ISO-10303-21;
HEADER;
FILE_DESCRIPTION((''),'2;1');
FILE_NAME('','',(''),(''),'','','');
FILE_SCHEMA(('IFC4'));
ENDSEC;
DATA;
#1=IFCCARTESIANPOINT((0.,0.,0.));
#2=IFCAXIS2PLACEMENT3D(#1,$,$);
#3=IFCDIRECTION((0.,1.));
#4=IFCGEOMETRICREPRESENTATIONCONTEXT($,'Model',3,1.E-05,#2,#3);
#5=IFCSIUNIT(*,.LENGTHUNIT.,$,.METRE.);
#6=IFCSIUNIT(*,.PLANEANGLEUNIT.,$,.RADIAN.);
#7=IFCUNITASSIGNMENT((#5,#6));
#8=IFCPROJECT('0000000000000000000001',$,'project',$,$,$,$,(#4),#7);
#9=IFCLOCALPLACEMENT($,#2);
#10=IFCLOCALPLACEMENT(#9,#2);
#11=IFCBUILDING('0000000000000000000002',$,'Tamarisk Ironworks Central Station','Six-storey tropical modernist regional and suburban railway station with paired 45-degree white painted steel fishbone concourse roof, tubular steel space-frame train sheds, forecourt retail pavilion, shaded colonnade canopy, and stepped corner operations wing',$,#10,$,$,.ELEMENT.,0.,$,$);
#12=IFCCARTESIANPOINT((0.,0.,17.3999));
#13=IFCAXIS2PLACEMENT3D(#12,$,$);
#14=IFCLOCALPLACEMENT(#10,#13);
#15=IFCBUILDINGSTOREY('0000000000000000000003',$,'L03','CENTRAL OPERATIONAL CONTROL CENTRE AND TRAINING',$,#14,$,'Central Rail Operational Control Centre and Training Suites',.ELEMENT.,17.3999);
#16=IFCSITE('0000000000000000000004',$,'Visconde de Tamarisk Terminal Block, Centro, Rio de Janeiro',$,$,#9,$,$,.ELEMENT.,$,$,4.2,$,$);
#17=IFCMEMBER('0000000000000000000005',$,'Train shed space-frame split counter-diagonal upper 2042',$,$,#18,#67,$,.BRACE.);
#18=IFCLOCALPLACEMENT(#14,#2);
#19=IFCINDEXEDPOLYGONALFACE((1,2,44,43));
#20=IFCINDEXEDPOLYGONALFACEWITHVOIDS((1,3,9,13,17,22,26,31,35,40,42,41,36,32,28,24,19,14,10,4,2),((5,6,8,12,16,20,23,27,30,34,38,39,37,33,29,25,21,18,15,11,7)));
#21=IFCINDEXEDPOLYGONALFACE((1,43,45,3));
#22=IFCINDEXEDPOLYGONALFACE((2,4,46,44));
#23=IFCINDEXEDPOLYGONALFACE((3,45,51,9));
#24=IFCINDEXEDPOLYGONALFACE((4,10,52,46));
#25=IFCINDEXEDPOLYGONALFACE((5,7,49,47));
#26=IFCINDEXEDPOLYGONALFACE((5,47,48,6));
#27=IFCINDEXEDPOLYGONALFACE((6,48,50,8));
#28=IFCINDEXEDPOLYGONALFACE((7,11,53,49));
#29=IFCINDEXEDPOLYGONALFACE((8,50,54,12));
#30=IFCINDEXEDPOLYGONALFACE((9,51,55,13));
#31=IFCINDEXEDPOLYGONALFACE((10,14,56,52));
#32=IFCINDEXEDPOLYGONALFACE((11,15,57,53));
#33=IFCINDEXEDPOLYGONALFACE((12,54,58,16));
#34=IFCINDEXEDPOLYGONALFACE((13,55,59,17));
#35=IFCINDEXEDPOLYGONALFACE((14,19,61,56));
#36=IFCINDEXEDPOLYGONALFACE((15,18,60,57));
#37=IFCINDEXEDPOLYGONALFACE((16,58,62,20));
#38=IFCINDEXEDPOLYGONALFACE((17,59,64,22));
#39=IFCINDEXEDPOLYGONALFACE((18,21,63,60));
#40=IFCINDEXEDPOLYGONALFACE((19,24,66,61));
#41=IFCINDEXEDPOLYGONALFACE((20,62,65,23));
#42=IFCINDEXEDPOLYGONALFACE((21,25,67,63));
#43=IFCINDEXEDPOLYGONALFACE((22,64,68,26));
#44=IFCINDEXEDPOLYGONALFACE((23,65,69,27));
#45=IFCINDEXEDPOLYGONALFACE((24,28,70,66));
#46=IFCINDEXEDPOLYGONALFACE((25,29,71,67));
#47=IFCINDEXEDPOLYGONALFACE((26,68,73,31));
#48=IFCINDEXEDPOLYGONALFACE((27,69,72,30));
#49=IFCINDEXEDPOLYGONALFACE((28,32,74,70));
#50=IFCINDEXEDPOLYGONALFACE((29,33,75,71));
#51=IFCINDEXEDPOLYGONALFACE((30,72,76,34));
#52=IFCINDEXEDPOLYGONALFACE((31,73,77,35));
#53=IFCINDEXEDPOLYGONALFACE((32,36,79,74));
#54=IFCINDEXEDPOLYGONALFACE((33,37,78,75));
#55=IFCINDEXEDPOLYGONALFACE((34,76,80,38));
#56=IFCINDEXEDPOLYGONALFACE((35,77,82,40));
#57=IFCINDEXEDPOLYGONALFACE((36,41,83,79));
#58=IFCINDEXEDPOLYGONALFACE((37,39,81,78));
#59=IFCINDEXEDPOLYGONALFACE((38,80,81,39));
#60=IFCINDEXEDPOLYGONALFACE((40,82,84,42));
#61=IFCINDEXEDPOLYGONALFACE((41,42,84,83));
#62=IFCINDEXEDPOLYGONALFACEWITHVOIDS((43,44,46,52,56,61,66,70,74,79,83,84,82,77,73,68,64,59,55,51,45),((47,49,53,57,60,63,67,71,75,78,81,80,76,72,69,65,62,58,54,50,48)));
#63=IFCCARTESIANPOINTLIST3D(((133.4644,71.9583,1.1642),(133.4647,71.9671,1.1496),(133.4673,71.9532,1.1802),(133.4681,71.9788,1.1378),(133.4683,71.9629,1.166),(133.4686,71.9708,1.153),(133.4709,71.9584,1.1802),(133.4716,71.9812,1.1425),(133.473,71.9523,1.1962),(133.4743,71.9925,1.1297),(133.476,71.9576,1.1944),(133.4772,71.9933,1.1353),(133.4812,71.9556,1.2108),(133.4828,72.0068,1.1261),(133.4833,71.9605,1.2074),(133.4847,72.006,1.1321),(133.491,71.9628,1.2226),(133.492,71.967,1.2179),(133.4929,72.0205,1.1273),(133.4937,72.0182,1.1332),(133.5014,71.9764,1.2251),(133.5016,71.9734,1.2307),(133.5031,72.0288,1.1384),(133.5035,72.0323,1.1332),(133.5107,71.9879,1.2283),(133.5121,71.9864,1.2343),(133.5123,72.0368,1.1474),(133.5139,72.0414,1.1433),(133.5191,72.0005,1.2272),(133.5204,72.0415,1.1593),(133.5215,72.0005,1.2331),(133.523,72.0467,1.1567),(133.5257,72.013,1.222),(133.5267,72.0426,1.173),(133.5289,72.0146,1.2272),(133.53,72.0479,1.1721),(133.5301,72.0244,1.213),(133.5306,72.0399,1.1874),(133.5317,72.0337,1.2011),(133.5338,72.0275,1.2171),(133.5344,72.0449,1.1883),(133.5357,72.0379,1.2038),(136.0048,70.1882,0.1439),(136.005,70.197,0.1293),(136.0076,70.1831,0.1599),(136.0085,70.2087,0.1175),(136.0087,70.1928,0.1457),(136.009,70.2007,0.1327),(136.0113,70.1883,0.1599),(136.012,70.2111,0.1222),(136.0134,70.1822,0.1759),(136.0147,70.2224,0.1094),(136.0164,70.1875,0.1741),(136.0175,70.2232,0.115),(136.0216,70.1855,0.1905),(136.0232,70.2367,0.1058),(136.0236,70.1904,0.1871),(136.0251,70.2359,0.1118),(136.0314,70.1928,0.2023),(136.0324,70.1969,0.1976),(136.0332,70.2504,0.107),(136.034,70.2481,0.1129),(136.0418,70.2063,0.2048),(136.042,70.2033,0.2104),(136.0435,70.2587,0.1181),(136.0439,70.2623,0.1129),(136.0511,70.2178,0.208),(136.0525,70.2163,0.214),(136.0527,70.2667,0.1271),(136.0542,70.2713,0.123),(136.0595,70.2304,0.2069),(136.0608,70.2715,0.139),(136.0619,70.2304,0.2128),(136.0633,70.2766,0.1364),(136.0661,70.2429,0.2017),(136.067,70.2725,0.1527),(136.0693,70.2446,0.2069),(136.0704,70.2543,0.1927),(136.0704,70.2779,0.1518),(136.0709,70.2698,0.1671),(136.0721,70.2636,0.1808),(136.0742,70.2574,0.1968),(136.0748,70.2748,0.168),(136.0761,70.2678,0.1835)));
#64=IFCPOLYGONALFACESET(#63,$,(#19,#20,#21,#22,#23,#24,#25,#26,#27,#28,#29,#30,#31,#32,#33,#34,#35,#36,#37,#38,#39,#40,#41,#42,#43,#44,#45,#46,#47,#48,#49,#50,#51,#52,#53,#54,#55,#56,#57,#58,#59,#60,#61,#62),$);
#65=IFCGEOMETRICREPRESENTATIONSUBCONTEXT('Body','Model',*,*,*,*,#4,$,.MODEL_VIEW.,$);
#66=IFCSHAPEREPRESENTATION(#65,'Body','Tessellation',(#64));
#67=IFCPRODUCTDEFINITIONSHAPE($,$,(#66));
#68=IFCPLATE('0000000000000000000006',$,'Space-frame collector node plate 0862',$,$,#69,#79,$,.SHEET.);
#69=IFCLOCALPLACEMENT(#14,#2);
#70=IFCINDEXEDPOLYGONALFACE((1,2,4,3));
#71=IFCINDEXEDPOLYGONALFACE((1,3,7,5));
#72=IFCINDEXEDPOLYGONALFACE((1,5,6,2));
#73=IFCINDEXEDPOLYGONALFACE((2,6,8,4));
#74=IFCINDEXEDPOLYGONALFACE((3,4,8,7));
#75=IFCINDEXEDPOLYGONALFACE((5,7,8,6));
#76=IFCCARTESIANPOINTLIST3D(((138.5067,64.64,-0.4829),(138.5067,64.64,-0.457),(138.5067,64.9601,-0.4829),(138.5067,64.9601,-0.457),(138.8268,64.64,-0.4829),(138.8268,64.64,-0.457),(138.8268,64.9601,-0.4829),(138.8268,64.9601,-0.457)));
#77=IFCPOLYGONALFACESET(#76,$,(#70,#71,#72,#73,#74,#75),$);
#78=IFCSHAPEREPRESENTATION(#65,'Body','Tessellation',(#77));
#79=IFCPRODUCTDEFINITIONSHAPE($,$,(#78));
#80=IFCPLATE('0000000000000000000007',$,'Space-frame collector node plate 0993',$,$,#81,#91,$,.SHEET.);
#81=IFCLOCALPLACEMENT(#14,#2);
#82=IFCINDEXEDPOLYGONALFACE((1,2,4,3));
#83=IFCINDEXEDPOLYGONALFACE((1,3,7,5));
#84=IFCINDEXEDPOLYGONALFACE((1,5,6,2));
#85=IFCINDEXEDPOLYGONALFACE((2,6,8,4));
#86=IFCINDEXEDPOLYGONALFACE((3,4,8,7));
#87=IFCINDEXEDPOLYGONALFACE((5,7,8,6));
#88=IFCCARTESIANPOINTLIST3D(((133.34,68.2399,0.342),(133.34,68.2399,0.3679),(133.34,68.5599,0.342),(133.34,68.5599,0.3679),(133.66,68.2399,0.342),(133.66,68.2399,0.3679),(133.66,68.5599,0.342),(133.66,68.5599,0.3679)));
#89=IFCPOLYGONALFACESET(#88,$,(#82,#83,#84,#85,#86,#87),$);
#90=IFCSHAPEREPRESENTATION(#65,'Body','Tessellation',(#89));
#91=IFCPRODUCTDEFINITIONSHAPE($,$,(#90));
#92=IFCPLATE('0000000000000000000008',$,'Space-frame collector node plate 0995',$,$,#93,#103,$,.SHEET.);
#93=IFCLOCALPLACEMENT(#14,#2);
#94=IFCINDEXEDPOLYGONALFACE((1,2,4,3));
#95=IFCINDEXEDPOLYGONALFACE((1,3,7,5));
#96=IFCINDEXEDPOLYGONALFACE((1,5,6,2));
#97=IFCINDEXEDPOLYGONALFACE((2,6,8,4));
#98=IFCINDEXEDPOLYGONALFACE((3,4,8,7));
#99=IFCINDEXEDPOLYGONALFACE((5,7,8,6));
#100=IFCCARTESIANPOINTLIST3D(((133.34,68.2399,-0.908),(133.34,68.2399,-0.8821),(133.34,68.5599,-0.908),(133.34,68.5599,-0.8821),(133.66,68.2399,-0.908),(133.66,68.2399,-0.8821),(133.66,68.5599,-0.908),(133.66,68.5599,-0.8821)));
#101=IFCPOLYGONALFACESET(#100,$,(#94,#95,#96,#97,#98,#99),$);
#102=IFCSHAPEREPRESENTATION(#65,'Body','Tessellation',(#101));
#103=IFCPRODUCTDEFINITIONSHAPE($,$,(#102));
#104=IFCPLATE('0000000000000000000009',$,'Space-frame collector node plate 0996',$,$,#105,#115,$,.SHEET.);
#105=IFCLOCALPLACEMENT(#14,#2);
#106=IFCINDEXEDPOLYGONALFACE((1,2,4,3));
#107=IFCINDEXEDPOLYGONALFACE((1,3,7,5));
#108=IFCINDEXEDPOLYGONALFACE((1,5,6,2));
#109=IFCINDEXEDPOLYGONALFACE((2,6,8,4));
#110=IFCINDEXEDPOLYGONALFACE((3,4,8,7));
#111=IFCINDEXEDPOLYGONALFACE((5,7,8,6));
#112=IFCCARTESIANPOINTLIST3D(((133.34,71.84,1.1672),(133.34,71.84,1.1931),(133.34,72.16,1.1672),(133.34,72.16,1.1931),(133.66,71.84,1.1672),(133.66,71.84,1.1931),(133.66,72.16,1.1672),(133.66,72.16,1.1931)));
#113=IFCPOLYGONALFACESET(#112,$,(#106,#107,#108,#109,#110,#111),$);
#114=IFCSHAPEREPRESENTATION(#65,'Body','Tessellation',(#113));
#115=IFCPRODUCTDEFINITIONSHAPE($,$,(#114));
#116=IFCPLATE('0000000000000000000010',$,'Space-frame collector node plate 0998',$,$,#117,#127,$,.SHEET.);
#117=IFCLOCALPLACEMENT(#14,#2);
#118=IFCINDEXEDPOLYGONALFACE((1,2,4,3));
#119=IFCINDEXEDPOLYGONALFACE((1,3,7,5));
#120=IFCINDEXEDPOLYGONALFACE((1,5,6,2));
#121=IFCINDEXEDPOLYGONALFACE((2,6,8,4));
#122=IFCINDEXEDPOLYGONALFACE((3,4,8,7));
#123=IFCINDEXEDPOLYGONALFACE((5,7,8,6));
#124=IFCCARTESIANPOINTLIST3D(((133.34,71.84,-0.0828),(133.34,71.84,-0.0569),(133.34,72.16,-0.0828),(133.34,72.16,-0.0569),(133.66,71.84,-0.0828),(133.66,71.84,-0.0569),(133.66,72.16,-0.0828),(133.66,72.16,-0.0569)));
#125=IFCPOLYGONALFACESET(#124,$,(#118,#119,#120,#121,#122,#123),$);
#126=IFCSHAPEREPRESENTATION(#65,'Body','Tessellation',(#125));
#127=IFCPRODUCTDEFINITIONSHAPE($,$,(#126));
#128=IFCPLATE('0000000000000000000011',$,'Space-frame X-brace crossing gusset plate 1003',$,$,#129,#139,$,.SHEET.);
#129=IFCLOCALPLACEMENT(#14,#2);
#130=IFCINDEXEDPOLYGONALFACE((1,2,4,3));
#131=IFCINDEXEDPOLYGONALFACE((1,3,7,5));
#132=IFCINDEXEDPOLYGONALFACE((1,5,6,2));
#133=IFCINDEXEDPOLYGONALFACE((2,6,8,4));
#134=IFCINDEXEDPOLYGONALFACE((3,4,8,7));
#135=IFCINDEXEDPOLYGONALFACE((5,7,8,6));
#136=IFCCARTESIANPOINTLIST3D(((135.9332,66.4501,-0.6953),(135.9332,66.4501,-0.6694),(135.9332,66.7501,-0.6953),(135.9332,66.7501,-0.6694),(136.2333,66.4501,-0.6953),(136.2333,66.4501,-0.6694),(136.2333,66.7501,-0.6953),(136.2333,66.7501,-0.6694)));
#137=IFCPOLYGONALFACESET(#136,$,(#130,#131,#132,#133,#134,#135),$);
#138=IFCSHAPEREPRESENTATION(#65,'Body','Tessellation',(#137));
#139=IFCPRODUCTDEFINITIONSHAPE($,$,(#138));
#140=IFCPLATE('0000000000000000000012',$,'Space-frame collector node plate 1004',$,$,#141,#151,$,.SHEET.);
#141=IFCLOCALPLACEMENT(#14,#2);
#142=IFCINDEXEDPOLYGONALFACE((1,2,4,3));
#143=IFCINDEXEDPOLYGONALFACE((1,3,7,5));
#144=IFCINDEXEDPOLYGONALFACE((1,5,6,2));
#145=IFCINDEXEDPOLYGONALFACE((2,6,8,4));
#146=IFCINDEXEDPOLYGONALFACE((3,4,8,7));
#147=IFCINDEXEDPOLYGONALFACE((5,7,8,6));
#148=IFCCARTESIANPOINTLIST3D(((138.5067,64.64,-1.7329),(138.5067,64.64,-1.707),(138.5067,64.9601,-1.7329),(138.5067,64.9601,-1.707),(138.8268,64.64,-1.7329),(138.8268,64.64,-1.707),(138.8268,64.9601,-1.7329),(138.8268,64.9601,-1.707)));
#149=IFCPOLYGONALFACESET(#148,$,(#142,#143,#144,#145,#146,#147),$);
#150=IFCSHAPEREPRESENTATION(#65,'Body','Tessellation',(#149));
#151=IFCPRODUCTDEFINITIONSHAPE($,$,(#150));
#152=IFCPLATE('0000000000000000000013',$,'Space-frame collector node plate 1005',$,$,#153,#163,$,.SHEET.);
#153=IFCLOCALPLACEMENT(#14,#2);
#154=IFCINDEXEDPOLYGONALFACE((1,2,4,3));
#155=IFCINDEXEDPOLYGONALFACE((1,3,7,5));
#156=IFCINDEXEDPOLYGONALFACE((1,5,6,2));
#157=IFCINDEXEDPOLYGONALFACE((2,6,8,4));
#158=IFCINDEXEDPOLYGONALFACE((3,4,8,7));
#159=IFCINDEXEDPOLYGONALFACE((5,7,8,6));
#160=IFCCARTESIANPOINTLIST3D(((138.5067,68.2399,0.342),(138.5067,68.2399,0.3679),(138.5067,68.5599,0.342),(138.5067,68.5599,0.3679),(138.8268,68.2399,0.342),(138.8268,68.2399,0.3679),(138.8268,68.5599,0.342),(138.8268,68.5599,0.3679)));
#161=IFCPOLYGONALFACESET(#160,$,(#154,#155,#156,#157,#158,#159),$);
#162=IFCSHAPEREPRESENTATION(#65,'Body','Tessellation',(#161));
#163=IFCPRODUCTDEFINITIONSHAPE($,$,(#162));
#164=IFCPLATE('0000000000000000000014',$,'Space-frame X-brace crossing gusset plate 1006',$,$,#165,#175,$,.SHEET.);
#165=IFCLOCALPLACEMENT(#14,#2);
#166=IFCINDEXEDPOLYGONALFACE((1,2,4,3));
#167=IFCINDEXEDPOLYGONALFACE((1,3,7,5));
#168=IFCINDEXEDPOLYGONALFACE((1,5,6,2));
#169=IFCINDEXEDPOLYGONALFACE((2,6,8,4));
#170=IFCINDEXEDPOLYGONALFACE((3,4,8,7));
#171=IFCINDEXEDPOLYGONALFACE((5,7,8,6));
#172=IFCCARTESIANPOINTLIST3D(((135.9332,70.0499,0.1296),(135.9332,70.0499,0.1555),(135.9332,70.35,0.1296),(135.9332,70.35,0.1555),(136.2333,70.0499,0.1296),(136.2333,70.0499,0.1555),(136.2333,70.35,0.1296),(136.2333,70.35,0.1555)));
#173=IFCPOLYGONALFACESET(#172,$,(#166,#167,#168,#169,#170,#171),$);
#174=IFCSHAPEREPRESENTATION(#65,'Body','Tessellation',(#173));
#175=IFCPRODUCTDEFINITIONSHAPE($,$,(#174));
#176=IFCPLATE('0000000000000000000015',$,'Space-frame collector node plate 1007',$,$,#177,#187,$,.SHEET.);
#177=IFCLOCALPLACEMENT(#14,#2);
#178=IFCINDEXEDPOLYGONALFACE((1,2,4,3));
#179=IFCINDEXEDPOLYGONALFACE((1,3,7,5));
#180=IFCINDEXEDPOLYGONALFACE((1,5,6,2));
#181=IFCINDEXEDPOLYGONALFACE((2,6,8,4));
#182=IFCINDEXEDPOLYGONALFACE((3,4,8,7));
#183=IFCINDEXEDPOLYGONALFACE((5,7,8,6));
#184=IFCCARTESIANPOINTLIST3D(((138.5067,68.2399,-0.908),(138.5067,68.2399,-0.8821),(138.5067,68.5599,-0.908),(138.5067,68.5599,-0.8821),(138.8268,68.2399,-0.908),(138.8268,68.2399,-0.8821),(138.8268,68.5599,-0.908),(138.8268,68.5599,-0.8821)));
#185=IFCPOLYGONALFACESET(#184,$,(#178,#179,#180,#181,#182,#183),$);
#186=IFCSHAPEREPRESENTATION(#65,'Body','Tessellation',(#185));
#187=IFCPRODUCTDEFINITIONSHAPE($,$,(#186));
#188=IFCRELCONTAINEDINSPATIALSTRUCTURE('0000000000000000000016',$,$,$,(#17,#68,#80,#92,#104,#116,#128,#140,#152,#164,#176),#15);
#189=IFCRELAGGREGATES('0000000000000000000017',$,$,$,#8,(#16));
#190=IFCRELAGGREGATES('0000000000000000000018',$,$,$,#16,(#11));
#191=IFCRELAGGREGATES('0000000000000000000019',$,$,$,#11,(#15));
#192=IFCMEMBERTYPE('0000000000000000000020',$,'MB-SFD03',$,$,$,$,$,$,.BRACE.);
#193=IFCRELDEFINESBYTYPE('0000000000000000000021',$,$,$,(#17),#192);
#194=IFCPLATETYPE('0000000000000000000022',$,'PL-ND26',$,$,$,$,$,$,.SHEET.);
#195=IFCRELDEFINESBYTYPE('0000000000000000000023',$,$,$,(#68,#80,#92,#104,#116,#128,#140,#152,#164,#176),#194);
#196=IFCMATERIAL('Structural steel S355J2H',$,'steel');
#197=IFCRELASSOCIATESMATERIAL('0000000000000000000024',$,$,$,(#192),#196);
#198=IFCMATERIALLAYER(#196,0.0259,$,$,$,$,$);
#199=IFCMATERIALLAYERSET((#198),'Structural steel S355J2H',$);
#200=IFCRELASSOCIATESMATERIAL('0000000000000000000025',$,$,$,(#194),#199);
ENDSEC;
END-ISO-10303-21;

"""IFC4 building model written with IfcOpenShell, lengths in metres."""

from ifc_helpers import new_model, si_unit, direction, frame, origin, origin_2d, place, context, subcontext, project, spatial, rectangle, hollow_circle, extrude, material, layer, layer_set, material_profile, profile_set, type_object, element, save


model = new_model("IFC4")

# Units and contexts
model_context = context("Model", 3, precision=1e-05, world=origin(), true_north=direction((0.0, 1.0)))
body_context = subcontext(model_context, "Body", "Model", "MODEL_VIEW")
ifc_project = project(units=[si_unit("LENGTHUNIT", "METRE"), si_unit("PLANEANGLEUNIT", "RADIAN")], contexts=[model_context])

# Site, building, storey
site_placement = place(None, origin())
site = spatial("IfcSite", under=ifc_project, at=site_placement, Name="Visconde de Tamarisk Terminal Block, Centro, Rio de Janeiro", CompositionType="ELEMENT", RefElevation=4.2)
building_placement = place(site_placement, origin())
building = spatial("IfcBuilding", under=site, at=building_placement, Name="Tamarisk Ironworks Central Station", Description="Six-storey tropical modernist regional and suburban railway station with paired 45-degree white painted steel fishbone concourse roof, tubular steel space-frame train sheds, forecourt retail pavilion, shaded colonnade canopy, and stepped corner operations wing", CompositionType="ELEMENT", ElevationOfRefHeight=0.0)
storey_placement = place(building_placement, frame((0.0, 0.0, 17.3999)))
storey = spatial("IfcBuildingStorey", under=building, at=storey_placement, Name="L03", Description="CENTRAL OPERATIONAL CONTROL CENTRE AND TRAINING", LongName="Central Rail Operational Control Centre and Training Suites", CompositionType="ELEMENT", Elevation=17.3999)

# Member
ifc_material = material(Name="Structural steel S355J2H", Category="steel")
ifc_material_profile_1 = material_profile(ifc_material, hollow_circle(Radius=0.0571, WallThickness=0.0063, at=origin_2d()), Name="CHS 114.3x6.3")
ifc_profile_set_1 = profile_set([ifc_material_profile_1], Name="Structural steel S355J2H")
member_type_1 = type_object("IfcMemberType", Name="MB-SFD03", PredefinedType="BRACE", material=ifc_profile_set_1)
member_1_placement = place(storey_placement, frame((136.0403, 70.23, 0.1599), z_axis=(-0.779252, 0.542967, 0.312974), x_axis=(-0.571688, -0.820471, 0.0)))
element("IfcMember", 1, at=member_1_placement, inside=storey, type_object=member_type_1, Name="Train shed space-frame split counter-diagonal upper 2042", PredefinedType="BRACE", context=body_context, shape_type="SweptSolid", body=[
    extrude(hollow_circle(Radius=0.0571, WallThickness=0.0063, at=origin_2d()), origin(), (0.0, 0.0, 1.0), 3.26),
])

# Plates
ifc_layer = layer(ifc_material, 0.0259)
ifc_layer_set = layer_set([ifc_layer], Name="Structural steel S355J2H")
plate_type = type_object("IfcPlateType", Name="PL-ND26", PredefinedType="SHEET", material=ifc_layer_set)
for number, where, z_axis, x_axis, name in (
    (2, (138.6667, 64.8, -0.4829), (0.0, 0.0, 1.0), (1.0, 0.0, 0.0), "Space-frame collector node plate 0862"),
    (3, (133.5, 68.3999, 0.342), (0.0, 0.0, 1.0), (1.0, 0.0, 0.0), "Space-frame collector node plate 0993"),
    (4, (133.5, 68.3999, -0.908), (0.0, 0.0, 1.0), (1.0, 0.0, 0.0), "Space-frame collector node plate 0995"),
    (5, (133.5, 72.0, 1.1672), (0.0, 0.0, 1.0), (1.0, 0.0, 0.0), "Space-frame collector node plate 0996"),
    (6, (133.5, 72.0, -0.0828), (0.0, 0.0, 1.0), (1.0, 0.0, 0.0), "Space-frame collector node plate 0998"),
):
    element("IfcPlate", number, at=place(storey_placement, frame(where, z_axis=z_axis, x_axis=x_axis)), inside=storey, type_object=plate_type, Name=name, PredefinedType="SHEET", context=body_context, shape_type="SweptSolid", body=[
        extrude(rectangle(XDim=0.3201, YDim=0.3201, at=origin_2d()), origin(), (0.0, 0.0, 1.0), 0.0259),
    ])
plate_1_placement = place(storey_placement, frame((136.0833, 66.6001, -0.6953), z_axis=(0.0, 0.0, 1.0), x_axis=(1.0, 0.0, 0.0)))
element("IfcPlate", 7, at=plate_1_placement, inside=storey, type_object=plate_type, Name="Space-frame X-brace crossing gusset plate 1003", PredefinedType="SHEET", context=body_context, shape_type="SweptSolid", body=[
    extrude(rectangle(XDim=0.3, YDim=0.3, at=origin_2d()), origin(), (0.0, 0.0, 1.0), 0.0259),
])
for number, where, z_axis, x_axis, name in (
    (8, (138.6667, 64.8, -1.7329), (0.0, 0.0, 1.0), (1.0, 0.0, 0.0), "Space-frame collector node plate 1004"),
    (9, (138.6667, 68.3999, 0.342), (0.0, 0.0, 1.0), (1.0, 0.0, 0.0), "Space-frame collector node plate 1005"),
):
    element("IfcPlate", number, at=place(storey_placement, frame(where, z_axis=z_axis, x_axis=x_axis)), inside=storey, type_object=plate_type, Name=name, PredefinedType="SHEET", context=body_context, shape_type="SweptSolid", body=[
        extrude(rectangle(XDim=0.3201, YDim=0.3201, at=origin_2d()), origin(), (0.0, 0.0, 1.0), 0.0259),
    ])
plate_2_placement = place(storey_placement, frame((136.0833, 70.2, 0.1296), z_axis=(0.0, 0.0, 1.0), x_axis=(1.0, 0.0, 0.0)))
element("IfcPlate", 10, at=plate_2_placement, inside=storey, type_object=plate_type, Name="Space-frame X-brace crossing gusset plate 1006", PredefinedType="SHEET", context=body_context, shape_type="SweptSolid", body=[
    extrude(rectangle(XDim=0.3, YDim=0.3, at=origin_2d()), origin(), (0.0, 0.0, 1.0), 0.0259),
])
plate_3_placement = place(storey_placement, frame((138.6667, 68.3999, -0.908), z_axis=(0.0, 0.0, 1.0), x_axis=(1.0, 0.0, 0.0)))
element("IfcPlate", 11, at=plate_3_placement, inside=storey, type_object=plate_type, Name="Space-frame collector node plate 1007", PredefinedType="SHEET", context=body_context, shape_type="SweptSolid", body=[
    extrude(rectangle(XDim=0.3201, YDim=0.3201, at=origin_2d()), origin(), (0.0, 0.0, 1.0), 0.0259),
])

save(model, "model.ifc")
